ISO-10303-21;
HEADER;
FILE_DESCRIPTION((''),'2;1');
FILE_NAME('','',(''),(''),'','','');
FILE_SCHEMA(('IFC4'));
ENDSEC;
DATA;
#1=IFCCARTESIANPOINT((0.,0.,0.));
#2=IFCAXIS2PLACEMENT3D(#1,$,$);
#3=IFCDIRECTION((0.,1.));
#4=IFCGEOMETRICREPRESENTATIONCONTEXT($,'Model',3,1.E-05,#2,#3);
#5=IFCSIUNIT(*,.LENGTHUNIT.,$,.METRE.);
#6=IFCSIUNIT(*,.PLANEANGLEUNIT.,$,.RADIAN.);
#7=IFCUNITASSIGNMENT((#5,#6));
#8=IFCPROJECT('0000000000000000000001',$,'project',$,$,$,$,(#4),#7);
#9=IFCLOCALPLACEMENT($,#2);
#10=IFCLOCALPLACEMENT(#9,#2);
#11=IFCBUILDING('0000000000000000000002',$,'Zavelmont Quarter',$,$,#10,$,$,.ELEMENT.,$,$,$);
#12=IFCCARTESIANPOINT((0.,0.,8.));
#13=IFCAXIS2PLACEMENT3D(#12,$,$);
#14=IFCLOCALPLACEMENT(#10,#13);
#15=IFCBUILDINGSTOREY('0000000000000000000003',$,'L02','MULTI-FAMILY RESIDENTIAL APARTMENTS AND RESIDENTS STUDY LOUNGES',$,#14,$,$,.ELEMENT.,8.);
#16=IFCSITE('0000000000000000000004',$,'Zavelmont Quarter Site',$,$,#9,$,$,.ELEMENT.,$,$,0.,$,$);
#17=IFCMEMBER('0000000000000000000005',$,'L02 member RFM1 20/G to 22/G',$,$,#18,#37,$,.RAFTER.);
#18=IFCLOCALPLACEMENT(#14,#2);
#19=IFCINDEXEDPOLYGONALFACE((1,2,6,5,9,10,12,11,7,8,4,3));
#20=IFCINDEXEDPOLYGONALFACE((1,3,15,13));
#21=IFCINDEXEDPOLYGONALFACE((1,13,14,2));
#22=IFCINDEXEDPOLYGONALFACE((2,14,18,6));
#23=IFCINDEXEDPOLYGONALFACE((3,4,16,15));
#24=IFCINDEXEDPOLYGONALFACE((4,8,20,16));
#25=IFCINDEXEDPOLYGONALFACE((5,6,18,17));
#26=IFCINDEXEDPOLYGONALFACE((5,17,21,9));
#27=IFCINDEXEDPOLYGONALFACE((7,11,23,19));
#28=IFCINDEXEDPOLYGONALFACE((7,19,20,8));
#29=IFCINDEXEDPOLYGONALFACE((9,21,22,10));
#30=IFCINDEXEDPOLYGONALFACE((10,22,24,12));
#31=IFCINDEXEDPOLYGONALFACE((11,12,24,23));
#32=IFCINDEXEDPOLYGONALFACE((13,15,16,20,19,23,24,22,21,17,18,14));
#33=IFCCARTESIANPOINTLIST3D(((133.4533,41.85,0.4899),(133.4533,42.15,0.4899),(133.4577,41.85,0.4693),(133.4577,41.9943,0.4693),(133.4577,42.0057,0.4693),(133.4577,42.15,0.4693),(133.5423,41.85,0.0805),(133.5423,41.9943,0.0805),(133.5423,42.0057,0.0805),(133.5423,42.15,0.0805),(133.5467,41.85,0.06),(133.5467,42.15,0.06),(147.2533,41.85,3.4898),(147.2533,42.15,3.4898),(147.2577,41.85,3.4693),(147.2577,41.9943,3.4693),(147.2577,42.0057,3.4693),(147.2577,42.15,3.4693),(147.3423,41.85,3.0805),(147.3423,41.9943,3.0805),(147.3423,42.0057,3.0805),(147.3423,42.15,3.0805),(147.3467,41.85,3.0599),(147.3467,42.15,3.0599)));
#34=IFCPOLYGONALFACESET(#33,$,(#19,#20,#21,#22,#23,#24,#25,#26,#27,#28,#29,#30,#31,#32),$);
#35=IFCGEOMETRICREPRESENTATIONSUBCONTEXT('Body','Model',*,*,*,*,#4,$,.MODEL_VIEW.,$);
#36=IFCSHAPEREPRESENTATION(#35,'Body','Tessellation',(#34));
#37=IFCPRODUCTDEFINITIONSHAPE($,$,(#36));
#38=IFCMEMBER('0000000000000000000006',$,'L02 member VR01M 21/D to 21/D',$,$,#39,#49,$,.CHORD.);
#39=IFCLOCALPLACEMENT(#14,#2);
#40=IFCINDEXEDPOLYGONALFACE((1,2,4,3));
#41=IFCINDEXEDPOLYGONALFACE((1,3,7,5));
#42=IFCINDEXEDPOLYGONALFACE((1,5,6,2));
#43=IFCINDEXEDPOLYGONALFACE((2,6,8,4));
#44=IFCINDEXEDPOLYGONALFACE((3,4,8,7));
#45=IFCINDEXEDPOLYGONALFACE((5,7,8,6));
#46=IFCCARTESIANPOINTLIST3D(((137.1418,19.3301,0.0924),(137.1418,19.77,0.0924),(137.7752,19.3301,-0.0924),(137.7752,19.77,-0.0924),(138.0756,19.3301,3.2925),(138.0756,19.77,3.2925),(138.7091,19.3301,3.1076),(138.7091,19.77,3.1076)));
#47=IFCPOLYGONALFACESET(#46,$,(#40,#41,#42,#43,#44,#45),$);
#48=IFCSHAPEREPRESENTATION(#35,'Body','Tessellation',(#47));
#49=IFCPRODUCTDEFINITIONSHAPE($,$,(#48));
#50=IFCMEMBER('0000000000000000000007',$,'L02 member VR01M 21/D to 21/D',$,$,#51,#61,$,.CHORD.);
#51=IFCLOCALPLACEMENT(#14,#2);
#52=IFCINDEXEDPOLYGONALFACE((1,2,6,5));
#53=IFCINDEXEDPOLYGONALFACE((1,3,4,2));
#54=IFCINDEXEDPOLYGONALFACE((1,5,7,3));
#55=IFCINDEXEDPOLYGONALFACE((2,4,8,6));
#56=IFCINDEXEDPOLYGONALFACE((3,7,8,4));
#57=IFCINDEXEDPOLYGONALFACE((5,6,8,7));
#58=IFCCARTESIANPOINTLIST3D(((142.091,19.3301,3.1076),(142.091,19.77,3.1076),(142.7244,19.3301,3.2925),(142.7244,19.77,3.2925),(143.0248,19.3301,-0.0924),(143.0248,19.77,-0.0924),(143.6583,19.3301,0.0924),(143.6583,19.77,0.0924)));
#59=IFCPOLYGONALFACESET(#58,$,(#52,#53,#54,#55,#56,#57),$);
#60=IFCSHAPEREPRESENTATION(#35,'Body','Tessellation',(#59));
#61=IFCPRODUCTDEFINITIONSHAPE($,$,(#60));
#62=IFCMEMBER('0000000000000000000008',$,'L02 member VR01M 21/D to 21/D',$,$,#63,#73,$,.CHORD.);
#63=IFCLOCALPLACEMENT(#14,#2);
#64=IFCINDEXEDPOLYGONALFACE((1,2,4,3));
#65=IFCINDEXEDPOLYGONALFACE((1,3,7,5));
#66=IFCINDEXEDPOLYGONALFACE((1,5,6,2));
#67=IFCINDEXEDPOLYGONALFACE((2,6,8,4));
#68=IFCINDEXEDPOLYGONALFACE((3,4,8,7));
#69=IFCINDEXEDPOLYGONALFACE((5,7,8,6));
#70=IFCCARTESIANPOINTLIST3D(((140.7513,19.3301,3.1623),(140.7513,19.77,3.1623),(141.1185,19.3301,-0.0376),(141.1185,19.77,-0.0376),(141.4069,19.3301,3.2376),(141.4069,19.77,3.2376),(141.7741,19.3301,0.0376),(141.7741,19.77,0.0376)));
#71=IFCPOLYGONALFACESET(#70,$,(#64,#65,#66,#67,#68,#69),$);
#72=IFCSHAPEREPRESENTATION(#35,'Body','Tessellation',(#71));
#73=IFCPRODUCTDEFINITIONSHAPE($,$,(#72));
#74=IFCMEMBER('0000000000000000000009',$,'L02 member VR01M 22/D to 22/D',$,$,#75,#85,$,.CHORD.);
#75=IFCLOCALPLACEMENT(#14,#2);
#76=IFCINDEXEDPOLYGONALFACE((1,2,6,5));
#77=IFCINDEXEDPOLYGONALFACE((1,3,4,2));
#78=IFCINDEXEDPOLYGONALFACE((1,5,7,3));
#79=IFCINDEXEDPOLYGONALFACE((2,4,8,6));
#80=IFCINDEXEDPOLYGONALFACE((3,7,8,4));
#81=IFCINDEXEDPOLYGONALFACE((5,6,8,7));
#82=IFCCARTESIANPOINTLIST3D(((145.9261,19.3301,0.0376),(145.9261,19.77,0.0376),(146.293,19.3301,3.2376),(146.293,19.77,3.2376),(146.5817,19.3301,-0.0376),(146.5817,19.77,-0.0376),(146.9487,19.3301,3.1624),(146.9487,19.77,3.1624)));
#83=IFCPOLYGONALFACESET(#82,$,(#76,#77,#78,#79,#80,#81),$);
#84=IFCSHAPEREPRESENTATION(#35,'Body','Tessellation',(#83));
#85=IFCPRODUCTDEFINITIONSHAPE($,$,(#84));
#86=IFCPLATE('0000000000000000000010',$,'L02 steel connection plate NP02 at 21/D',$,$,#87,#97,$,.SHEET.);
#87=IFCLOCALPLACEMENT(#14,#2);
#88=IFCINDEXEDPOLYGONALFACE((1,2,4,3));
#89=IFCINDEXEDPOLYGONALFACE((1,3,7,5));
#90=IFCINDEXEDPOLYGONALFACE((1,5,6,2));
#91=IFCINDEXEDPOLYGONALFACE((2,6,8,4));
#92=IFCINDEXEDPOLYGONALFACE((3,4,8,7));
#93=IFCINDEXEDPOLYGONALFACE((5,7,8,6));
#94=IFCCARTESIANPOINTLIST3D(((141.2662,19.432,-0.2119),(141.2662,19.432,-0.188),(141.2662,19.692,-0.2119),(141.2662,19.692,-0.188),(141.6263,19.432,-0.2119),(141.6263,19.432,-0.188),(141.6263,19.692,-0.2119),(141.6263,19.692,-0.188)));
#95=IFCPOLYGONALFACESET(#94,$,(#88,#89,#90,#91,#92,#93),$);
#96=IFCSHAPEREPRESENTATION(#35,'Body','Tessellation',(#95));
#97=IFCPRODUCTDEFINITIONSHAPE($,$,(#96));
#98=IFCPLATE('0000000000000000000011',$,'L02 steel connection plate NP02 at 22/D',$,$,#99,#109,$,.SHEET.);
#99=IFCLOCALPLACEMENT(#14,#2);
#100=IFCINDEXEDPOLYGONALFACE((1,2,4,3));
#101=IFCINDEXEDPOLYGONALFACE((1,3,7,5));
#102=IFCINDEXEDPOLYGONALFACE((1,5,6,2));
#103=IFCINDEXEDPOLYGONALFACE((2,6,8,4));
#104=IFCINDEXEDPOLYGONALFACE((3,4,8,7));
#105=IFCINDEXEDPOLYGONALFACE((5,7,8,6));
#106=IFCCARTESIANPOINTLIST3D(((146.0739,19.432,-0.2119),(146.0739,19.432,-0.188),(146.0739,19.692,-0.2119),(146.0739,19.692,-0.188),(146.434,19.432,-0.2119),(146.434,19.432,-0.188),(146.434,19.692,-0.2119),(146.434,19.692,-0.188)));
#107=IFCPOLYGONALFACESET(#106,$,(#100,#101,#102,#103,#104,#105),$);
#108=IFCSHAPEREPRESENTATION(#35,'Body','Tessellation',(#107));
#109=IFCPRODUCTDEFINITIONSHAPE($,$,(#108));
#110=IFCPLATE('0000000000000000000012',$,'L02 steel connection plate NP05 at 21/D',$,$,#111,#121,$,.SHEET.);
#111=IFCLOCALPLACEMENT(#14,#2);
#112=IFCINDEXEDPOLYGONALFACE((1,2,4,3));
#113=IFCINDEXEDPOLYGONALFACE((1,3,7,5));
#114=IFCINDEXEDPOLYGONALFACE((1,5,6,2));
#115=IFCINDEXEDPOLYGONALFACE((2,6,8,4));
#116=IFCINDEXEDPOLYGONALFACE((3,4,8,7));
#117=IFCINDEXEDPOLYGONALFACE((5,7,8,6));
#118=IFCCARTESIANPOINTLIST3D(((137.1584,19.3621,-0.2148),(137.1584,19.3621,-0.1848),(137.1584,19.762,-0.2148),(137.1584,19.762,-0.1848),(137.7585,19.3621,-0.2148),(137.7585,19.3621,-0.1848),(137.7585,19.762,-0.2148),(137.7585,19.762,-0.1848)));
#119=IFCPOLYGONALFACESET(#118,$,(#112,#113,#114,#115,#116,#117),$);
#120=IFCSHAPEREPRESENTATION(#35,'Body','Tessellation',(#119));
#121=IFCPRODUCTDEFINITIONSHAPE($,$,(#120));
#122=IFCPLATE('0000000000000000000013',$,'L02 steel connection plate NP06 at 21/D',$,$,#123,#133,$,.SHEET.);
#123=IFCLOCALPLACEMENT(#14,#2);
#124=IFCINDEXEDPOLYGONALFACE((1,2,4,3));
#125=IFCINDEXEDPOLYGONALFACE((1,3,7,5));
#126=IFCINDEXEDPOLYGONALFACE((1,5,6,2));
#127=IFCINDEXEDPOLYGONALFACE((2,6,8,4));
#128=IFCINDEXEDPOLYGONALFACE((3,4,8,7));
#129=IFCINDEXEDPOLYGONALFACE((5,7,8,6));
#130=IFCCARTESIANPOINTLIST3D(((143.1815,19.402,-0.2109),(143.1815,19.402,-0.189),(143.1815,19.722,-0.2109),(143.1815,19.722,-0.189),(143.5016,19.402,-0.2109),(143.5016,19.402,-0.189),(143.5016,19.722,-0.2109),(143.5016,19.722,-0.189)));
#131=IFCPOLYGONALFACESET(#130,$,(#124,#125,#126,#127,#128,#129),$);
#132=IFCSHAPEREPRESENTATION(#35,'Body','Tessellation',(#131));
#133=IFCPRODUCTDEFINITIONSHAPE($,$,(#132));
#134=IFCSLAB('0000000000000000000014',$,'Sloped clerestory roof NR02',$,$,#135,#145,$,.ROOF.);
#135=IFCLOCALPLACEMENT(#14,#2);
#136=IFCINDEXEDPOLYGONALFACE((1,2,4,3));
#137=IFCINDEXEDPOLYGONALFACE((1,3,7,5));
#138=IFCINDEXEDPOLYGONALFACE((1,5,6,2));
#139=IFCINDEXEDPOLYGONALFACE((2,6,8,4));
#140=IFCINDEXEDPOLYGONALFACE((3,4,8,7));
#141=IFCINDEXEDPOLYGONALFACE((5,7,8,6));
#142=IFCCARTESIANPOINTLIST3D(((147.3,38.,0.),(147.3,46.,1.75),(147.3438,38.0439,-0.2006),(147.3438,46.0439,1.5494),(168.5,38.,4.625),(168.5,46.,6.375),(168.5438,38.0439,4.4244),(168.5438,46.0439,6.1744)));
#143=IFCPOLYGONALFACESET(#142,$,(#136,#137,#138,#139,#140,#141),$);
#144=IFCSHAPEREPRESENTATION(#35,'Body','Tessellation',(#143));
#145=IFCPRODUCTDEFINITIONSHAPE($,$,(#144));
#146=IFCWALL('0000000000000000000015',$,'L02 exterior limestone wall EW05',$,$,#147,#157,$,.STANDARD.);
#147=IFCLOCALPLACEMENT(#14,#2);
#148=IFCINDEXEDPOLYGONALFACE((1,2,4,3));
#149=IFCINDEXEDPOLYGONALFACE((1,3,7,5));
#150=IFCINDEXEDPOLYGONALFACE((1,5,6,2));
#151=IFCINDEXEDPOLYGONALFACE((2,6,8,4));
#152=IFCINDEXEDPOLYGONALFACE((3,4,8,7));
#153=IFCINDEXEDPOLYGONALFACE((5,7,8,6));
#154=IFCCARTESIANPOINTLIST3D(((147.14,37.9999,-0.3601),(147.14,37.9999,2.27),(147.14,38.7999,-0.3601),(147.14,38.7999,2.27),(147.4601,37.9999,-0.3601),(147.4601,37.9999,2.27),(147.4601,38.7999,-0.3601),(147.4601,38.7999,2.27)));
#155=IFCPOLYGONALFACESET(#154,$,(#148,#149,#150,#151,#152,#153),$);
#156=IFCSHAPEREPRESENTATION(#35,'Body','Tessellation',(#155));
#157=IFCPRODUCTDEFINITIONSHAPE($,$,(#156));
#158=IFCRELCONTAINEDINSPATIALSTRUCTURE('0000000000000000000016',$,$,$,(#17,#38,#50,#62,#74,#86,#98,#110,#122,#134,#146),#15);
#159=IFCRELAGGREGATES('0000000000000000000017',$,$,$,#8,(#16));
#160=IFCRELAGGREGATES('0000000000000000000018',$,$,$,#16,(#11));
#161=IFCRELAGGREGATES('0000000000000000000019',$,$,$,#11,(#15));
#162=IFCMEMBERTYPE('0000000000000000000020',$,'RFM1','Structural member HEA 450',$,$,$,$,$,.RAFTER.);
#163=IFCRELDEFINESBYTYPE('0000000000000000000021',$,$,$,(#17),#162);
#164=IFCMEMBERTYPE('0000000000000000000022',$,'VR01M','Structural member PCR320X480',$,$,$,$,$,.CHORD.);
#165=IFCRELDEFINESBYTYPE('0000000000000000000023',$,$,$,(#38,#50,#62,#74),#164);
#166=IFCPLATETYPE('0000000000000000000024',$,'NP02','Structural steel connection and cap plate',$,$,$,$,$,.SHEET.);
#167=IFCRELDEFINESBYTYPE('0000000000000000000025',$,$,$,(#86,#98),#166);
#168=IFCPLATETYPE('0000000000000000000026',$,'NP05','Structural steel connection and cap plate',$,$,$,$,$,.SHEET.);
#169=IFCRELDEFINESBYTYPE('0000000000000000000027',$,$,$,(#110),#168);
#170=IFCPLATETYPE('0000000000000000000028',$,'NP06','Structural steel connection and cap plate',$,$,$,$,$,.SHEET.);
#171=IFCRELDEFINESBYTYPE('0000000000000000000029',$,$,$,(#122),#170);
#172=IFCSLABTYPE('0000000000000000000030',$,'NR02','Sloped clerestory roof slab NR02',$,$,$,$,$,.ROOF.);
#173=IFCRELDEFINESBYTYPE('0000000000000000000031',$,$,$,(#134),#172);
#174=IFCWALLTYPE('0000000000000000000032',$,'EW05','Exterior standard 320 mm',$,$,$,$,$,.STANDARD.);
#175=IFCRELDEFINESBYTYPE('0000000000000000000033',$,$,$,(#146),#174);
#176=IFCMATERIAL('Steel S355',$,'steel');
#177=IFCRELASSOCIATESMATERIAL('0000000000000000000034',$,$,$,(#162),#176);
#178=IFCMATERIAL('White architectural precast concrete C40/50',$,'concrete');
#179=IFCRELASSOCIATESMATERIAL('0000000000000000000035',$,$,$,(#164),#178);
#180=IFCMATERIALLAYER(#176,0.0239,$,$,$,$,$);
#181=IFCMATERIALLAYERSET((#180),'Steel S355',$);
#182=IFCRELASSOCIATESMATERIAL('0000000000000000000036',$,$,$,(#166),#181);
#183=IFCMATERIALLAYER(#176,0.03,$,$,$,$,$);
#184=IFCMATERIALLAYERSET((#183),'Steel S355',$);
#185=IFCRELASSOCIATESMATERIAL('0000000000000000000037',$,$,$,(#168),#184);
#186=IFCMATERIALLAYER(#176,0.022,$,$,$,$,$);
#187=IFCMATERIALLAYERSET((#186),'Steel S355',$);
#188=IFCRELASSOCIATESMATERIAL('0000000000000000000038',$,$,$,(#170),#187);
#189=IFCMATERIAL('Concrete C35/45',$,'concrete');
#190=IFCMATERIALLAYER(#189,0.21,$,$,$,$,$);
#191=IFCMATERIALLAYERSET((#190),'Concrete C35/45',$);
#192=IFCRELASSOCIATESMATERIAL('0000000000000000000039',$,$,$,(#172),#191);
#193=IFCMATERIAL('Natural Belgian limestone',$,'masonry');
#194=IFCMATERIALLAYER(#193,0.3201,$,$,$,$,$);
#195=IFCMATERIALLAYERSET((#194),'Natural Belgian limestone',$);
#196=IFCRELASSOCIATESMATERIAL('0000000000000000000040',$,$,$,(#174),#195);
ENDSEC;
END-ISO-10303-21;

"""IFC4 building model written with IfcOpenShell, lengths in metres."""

from ifc_helpers import new_model, si_unit, direction, frame, frame_2d, origin, origin_2d, place, context, subcontext, project, spatial, polyline, rectangle, i_section, outline, extrude, material, layer, layer_set, material_profile, profile_set, type_object, element, save


model = new_model("IFC4")

# Units and contexts
model_context = context("Model", 3, precision=1e-05, world=origin(), true_north=direction((0.0, 1.0)))
body_context = subcontext(model_context, "Body", "Model", "MODEL_VIEW")
ifc_project = project(units=[si_unit("LENGTHUNIT", "METRE"), si_unit("PLANEANGLEUNIT", "RADIAN")], contexts=[model_context])

# Site, building, storey
site_placement = place(None, origin())
site = spatial("IfcSite", under=ifc_project, at=site_placement, Name="Zavelmont Quarter Site", CompositionType="ELEMENT", RefElevation=0.0)
building_placement = place(site_placement, origin())
building = spatial("IfcBuilding", under=site, at=building_placement, Name="Zavelmont Quarter", CompositionType="ELEMENT")
storey_placement = place(building_placement, frame((0.0, 0.0, 8.0)))
storey = spatial("IfcBuildingStorey", under=building, at=storey_placement, Name="L02", Description="MULTI-FAMILY RESIDENTIAL APARTMENTS AND RESIDENTS STUDY LOUNGES", CompositionType="ELEMENT", Elevation=8.0)

# Shared definitions
ifc_material_1 = material(Name="Steel S355", Category="steel")

# Shared definitions
ifc_material_2 = material(Name="Concrete C35/45", Category="concrete")

# Members
ifc_material_profile_1 = material_profile(ifc_material_1, i_section(OverallWidth=0.3, OverallDepth=0.4399, WebThickness=0.0115, FlangeThickness=0.021, at=origin_2d()), Name="HEA 450")
ifc_profile_set_1 = profile_set([ifc_material_profile_1], Name="Steel S355")
member_type_1 = type_object("IfcMemberType", Name="RFM1", Description="Structural member HEA 450", PredefinedType="RAFTER", material=ifc_profile_set_1)
member_1_placement = place(storey_placement, frame((133.5, 42.0, 0.2749), z_axis=(0.977177, 0.0, 0.212429), x_axis=(0.0, 1.0, 0.0)))
element("IfcMember", 1, at=member_1_placement, inside=storey, type_object=member_type_1, Name="L02 member RFM1 20/G to 22/G", PredefinedType="RAFTER", context=body_context, shape_type="SweptSolid", body=[
    extrude(i_section(OverallWidth=0.3, OverallDepth=0.4399, WebThickness=0.0115, FlangeThickness=0.021, at=origin_2d()), origin(), (0.0, 0.0, 1.0), 14.1223),
])
ifc_material_3 = material(Name="White architectural precast concrete C40/50", Category="concrete")
ifc_material_profile_2 = material_profile(ifc_material_3, rectangle(XDim=0.4399, YDim=0.6599, at=origin_2d()), Name="PCR320X480")
ifc_profile_set_2 = profile_set([ifc_material_profile_2], Name="White architectural precast concrete C40/50")
member_type_2 = type_object("IfcMemberType", Name="VR01M", Description="Structural member PCR320X480", PredefinedType="CHORD", material=ifc_profile_set_2)
for number, where, z_axis, x_axis, name in (
    (2, (137.4585, 19.55, 0.0), (0.280143, 0.0, 0.959958), (0.0, 1.0, 0.0), "L02 member VR01M 21/D to 21/D"),
    (3, (143.3416, 19.55, 0.0), (-0.280143, 0.0, 0.959958), (0.0, -1.0, 0.0), "L02 member VR01M 21/D to 21/D"),
):
    element("IfcMember", number, at=place(storey_placement, frame(where, z_axis=z_axis, x_axis=x_axis)), inside=storey, type_object=member_type_2, Name=name, PredefinedType="CHORD", context=body_context, shape_type="SweptSolid", body=[
        extrude(rectangle(XDim=0.4399, YDim=0.6599, at=origin_2d()), origin(), (0.0, 0.0, 1.0), 3.3335),
    ])
for number, where, z_axis, x_axis, name in (
    (4, (141.4463, 19.55, 0.0), (-0.114, 0.0, 0.993481), (0.0, -1.0, 0.0), "L02 member VR01M 21/D to 21/D"),
    (5, (146.2539, 19.55, 0.0), (0.113925, 0.0, 0.993489), (0.0, 1.0, 0.0), "L02 member VR01M 22/D to 22/D"),
):
    element("IfcMember", number, at=place(storey_placement, frame(where, z_axis=z_axis, x_axis=x_axis)), inside=storey, type_object=member_type_2, Name=name, PredefinedType="CHORD", context=body_context, shape_type="SweptSolid", body=[
        extrude(rectangle(XDim=0.4399, YDim=0.6599, at=origin_2d()), origin(), (0.0, 0.0, 1.0), 3.2209),
    ])

# Plates
ifc_layer_1 = layer(ifc_material_1, 0.0239)
ifc_layer_set_1 = layer_set([ifc_layer_1], Name="Steel S355")
plate_type_1 = type_object("IfcPlateType", Name="NP02", Description="Structural steel connection and cap plate", PredefinedType="SHEET", material=ifc_layer_set_1)
for number, where, z_axis, x_axis, name in (
    (6, (141.4463, 19.562, -0.2119), (0.0, 0.0, 1.0), (1.0, 0.0, 0.0), "L02 steel connection plate NP02 at 21/D"),
    (7, (146.2539, 19.562, -0.2119), (0.0, 0.0, 1.0), (1.0, 0.0, 0.0), "L02 steel connection plate NP02 at 22/D"),
):
    element("IfcPlate", number, at=place(storey_placement, frame(where, z_axis=z_axis, x_axis=x_axis)), inside=storey, type_object=plate_type_1, Name=name, PredefinedType="SHEET", context=body_context, shape_type="SweptSolid", body=[
        extrude(rectangle(XDim=0.3601, YDim=0.26, at=origin_2d()), origin(), (0.0, 0.0, 1.0), 0.0239),
    ])
ifc_layer_2 = layer(ifc_material_1, 0.03)
ifc_layer_set_2 = layer_set([ifc_layer_2], Name="Steel S355")
plate_type_2 = type_object("IfcPlateType", Name="NP05", Description="Structural steel connection and cap plate", PredefinedType="SHEET", material=ifc_layer_set_2)
plate_1_placement = place(storey_placement, frame((137.4585, 19.562, -0.2148), z_axis=(0.0, 0.0, 1.0), x_axis=(1.0, 0.0, 0.0)))
element("IfcPlate", 8, at=plate_1_placement, inside=storey, type_object=plate_type_2, Name="L02 steel connection plate NP05 at 21/D", PredefinedType="SHEET", context=body_context, shape_type="SweptSolid", body=[
    extrude(rectangle(XDim=0.6001, YDim=0.3999, at=origin_2d()), origin(), (0.0, 0.0, 1.0), 0.03),
])
ifc_layer_3 = layer(ifc_material_1, 0.022)
ifc_layer_set_3 = layer_set([ifc_layer_3], Name="Steel S355")
plate_type_3 = type_object("IfcPlateType", Name="NP06", Description="Structural steel connection and cap plate", PredefinedType="SHEET", material=ifc_layer_set_3)
plate_2_placement = place(storey_placement, frame((143.3416, 19.562, -0.2109), z_axis=(0.0, 0.0, 1.0), x_axis=(1.0, 0.0, 0.0)))
element("IfcPlate", 9, at=plate_2_placement, inside=storey, type_object=plate_type_3, Name="L02 steel connection plate NP06 at 21/D", PredefinedType="SHEET", context=body_context, shape_type="SweptSolid", body=[
    extrude(rectangle(XDim=0.3201, YDim=0.3201, at=origin_2d()), origin(), (0.0, 0.0, 1.0), 0.022),
])

# Slab
ifc_layer_4 = layer(ifc_material_2, 0.21)
ifc_layer_set_4 = layer_set([ifc_layer_4], Name="Concrete C35/45")
slab_type = type_object("IfcSlabType", Name="NR02", Description="Sloped clerestory roof slab NR02", PredefinedType="ROOF", material=ifc_layer_set_4)
slab_placement = place(storey_placement, frame((147.3, 38.0, 0.0), z_axis=(-0.20844, -0.209003, 0.955443), x_axis=(0.97702, 0.0, 0.213148)))
element("IfcSlab", 10, at=slab_placement, inside=storey, type_object=slab_type, Name="Sloped clerestory roof NR02", PredefinedType="ROOF", context=body_context, shape_type="SweptSolid", body=[
    extrude(outline(polyline([(0.0, 0.0), (21.6986, 0.0), (22.0716, 8.1807), (0.373, 8.1807), (0.0, 0.0)])), origin(), (0.0, 0.0, -1.0), 0.21),
])

# Wall
ifc_material_4 = material(Name="Natural Belgian limestone", Category="masonry")
ifc_layer_5 = layer(ifc_material_4, 0.3201)
ifc_layer_set_5 = layer_set([ifc_layer_5], Name="Natural Belgian limestone")
wall_type = type_object("IfcWallType", Name="EW05", Description="Exterior standard 320 mm", PredefinedType="STANDARD", material=ifc_layer_set_5)
wall_placement = place(storey_placement, frame((147.3, 38.0, -0.3601), z_axis=(0.0, 0.0, 1.0), x_axis=(0.0, 1.0, 0.0)))
element("IfcWall", 11, at=wall_placement, inside=storey, type_object=wall_type, Name="L02 exterior limestone wall EW05", PredefinedType="STANDARD", context=body_context, shape_type="SweptSolid", body=[
    extrude(rectangle(XDim=0.8, YDim=0.3201, at=frame_2d((0.3999, 0.0))), origin(), (0.0, 0.0, 1.0), 2.6301),
])

save(model, "model.ifc")
